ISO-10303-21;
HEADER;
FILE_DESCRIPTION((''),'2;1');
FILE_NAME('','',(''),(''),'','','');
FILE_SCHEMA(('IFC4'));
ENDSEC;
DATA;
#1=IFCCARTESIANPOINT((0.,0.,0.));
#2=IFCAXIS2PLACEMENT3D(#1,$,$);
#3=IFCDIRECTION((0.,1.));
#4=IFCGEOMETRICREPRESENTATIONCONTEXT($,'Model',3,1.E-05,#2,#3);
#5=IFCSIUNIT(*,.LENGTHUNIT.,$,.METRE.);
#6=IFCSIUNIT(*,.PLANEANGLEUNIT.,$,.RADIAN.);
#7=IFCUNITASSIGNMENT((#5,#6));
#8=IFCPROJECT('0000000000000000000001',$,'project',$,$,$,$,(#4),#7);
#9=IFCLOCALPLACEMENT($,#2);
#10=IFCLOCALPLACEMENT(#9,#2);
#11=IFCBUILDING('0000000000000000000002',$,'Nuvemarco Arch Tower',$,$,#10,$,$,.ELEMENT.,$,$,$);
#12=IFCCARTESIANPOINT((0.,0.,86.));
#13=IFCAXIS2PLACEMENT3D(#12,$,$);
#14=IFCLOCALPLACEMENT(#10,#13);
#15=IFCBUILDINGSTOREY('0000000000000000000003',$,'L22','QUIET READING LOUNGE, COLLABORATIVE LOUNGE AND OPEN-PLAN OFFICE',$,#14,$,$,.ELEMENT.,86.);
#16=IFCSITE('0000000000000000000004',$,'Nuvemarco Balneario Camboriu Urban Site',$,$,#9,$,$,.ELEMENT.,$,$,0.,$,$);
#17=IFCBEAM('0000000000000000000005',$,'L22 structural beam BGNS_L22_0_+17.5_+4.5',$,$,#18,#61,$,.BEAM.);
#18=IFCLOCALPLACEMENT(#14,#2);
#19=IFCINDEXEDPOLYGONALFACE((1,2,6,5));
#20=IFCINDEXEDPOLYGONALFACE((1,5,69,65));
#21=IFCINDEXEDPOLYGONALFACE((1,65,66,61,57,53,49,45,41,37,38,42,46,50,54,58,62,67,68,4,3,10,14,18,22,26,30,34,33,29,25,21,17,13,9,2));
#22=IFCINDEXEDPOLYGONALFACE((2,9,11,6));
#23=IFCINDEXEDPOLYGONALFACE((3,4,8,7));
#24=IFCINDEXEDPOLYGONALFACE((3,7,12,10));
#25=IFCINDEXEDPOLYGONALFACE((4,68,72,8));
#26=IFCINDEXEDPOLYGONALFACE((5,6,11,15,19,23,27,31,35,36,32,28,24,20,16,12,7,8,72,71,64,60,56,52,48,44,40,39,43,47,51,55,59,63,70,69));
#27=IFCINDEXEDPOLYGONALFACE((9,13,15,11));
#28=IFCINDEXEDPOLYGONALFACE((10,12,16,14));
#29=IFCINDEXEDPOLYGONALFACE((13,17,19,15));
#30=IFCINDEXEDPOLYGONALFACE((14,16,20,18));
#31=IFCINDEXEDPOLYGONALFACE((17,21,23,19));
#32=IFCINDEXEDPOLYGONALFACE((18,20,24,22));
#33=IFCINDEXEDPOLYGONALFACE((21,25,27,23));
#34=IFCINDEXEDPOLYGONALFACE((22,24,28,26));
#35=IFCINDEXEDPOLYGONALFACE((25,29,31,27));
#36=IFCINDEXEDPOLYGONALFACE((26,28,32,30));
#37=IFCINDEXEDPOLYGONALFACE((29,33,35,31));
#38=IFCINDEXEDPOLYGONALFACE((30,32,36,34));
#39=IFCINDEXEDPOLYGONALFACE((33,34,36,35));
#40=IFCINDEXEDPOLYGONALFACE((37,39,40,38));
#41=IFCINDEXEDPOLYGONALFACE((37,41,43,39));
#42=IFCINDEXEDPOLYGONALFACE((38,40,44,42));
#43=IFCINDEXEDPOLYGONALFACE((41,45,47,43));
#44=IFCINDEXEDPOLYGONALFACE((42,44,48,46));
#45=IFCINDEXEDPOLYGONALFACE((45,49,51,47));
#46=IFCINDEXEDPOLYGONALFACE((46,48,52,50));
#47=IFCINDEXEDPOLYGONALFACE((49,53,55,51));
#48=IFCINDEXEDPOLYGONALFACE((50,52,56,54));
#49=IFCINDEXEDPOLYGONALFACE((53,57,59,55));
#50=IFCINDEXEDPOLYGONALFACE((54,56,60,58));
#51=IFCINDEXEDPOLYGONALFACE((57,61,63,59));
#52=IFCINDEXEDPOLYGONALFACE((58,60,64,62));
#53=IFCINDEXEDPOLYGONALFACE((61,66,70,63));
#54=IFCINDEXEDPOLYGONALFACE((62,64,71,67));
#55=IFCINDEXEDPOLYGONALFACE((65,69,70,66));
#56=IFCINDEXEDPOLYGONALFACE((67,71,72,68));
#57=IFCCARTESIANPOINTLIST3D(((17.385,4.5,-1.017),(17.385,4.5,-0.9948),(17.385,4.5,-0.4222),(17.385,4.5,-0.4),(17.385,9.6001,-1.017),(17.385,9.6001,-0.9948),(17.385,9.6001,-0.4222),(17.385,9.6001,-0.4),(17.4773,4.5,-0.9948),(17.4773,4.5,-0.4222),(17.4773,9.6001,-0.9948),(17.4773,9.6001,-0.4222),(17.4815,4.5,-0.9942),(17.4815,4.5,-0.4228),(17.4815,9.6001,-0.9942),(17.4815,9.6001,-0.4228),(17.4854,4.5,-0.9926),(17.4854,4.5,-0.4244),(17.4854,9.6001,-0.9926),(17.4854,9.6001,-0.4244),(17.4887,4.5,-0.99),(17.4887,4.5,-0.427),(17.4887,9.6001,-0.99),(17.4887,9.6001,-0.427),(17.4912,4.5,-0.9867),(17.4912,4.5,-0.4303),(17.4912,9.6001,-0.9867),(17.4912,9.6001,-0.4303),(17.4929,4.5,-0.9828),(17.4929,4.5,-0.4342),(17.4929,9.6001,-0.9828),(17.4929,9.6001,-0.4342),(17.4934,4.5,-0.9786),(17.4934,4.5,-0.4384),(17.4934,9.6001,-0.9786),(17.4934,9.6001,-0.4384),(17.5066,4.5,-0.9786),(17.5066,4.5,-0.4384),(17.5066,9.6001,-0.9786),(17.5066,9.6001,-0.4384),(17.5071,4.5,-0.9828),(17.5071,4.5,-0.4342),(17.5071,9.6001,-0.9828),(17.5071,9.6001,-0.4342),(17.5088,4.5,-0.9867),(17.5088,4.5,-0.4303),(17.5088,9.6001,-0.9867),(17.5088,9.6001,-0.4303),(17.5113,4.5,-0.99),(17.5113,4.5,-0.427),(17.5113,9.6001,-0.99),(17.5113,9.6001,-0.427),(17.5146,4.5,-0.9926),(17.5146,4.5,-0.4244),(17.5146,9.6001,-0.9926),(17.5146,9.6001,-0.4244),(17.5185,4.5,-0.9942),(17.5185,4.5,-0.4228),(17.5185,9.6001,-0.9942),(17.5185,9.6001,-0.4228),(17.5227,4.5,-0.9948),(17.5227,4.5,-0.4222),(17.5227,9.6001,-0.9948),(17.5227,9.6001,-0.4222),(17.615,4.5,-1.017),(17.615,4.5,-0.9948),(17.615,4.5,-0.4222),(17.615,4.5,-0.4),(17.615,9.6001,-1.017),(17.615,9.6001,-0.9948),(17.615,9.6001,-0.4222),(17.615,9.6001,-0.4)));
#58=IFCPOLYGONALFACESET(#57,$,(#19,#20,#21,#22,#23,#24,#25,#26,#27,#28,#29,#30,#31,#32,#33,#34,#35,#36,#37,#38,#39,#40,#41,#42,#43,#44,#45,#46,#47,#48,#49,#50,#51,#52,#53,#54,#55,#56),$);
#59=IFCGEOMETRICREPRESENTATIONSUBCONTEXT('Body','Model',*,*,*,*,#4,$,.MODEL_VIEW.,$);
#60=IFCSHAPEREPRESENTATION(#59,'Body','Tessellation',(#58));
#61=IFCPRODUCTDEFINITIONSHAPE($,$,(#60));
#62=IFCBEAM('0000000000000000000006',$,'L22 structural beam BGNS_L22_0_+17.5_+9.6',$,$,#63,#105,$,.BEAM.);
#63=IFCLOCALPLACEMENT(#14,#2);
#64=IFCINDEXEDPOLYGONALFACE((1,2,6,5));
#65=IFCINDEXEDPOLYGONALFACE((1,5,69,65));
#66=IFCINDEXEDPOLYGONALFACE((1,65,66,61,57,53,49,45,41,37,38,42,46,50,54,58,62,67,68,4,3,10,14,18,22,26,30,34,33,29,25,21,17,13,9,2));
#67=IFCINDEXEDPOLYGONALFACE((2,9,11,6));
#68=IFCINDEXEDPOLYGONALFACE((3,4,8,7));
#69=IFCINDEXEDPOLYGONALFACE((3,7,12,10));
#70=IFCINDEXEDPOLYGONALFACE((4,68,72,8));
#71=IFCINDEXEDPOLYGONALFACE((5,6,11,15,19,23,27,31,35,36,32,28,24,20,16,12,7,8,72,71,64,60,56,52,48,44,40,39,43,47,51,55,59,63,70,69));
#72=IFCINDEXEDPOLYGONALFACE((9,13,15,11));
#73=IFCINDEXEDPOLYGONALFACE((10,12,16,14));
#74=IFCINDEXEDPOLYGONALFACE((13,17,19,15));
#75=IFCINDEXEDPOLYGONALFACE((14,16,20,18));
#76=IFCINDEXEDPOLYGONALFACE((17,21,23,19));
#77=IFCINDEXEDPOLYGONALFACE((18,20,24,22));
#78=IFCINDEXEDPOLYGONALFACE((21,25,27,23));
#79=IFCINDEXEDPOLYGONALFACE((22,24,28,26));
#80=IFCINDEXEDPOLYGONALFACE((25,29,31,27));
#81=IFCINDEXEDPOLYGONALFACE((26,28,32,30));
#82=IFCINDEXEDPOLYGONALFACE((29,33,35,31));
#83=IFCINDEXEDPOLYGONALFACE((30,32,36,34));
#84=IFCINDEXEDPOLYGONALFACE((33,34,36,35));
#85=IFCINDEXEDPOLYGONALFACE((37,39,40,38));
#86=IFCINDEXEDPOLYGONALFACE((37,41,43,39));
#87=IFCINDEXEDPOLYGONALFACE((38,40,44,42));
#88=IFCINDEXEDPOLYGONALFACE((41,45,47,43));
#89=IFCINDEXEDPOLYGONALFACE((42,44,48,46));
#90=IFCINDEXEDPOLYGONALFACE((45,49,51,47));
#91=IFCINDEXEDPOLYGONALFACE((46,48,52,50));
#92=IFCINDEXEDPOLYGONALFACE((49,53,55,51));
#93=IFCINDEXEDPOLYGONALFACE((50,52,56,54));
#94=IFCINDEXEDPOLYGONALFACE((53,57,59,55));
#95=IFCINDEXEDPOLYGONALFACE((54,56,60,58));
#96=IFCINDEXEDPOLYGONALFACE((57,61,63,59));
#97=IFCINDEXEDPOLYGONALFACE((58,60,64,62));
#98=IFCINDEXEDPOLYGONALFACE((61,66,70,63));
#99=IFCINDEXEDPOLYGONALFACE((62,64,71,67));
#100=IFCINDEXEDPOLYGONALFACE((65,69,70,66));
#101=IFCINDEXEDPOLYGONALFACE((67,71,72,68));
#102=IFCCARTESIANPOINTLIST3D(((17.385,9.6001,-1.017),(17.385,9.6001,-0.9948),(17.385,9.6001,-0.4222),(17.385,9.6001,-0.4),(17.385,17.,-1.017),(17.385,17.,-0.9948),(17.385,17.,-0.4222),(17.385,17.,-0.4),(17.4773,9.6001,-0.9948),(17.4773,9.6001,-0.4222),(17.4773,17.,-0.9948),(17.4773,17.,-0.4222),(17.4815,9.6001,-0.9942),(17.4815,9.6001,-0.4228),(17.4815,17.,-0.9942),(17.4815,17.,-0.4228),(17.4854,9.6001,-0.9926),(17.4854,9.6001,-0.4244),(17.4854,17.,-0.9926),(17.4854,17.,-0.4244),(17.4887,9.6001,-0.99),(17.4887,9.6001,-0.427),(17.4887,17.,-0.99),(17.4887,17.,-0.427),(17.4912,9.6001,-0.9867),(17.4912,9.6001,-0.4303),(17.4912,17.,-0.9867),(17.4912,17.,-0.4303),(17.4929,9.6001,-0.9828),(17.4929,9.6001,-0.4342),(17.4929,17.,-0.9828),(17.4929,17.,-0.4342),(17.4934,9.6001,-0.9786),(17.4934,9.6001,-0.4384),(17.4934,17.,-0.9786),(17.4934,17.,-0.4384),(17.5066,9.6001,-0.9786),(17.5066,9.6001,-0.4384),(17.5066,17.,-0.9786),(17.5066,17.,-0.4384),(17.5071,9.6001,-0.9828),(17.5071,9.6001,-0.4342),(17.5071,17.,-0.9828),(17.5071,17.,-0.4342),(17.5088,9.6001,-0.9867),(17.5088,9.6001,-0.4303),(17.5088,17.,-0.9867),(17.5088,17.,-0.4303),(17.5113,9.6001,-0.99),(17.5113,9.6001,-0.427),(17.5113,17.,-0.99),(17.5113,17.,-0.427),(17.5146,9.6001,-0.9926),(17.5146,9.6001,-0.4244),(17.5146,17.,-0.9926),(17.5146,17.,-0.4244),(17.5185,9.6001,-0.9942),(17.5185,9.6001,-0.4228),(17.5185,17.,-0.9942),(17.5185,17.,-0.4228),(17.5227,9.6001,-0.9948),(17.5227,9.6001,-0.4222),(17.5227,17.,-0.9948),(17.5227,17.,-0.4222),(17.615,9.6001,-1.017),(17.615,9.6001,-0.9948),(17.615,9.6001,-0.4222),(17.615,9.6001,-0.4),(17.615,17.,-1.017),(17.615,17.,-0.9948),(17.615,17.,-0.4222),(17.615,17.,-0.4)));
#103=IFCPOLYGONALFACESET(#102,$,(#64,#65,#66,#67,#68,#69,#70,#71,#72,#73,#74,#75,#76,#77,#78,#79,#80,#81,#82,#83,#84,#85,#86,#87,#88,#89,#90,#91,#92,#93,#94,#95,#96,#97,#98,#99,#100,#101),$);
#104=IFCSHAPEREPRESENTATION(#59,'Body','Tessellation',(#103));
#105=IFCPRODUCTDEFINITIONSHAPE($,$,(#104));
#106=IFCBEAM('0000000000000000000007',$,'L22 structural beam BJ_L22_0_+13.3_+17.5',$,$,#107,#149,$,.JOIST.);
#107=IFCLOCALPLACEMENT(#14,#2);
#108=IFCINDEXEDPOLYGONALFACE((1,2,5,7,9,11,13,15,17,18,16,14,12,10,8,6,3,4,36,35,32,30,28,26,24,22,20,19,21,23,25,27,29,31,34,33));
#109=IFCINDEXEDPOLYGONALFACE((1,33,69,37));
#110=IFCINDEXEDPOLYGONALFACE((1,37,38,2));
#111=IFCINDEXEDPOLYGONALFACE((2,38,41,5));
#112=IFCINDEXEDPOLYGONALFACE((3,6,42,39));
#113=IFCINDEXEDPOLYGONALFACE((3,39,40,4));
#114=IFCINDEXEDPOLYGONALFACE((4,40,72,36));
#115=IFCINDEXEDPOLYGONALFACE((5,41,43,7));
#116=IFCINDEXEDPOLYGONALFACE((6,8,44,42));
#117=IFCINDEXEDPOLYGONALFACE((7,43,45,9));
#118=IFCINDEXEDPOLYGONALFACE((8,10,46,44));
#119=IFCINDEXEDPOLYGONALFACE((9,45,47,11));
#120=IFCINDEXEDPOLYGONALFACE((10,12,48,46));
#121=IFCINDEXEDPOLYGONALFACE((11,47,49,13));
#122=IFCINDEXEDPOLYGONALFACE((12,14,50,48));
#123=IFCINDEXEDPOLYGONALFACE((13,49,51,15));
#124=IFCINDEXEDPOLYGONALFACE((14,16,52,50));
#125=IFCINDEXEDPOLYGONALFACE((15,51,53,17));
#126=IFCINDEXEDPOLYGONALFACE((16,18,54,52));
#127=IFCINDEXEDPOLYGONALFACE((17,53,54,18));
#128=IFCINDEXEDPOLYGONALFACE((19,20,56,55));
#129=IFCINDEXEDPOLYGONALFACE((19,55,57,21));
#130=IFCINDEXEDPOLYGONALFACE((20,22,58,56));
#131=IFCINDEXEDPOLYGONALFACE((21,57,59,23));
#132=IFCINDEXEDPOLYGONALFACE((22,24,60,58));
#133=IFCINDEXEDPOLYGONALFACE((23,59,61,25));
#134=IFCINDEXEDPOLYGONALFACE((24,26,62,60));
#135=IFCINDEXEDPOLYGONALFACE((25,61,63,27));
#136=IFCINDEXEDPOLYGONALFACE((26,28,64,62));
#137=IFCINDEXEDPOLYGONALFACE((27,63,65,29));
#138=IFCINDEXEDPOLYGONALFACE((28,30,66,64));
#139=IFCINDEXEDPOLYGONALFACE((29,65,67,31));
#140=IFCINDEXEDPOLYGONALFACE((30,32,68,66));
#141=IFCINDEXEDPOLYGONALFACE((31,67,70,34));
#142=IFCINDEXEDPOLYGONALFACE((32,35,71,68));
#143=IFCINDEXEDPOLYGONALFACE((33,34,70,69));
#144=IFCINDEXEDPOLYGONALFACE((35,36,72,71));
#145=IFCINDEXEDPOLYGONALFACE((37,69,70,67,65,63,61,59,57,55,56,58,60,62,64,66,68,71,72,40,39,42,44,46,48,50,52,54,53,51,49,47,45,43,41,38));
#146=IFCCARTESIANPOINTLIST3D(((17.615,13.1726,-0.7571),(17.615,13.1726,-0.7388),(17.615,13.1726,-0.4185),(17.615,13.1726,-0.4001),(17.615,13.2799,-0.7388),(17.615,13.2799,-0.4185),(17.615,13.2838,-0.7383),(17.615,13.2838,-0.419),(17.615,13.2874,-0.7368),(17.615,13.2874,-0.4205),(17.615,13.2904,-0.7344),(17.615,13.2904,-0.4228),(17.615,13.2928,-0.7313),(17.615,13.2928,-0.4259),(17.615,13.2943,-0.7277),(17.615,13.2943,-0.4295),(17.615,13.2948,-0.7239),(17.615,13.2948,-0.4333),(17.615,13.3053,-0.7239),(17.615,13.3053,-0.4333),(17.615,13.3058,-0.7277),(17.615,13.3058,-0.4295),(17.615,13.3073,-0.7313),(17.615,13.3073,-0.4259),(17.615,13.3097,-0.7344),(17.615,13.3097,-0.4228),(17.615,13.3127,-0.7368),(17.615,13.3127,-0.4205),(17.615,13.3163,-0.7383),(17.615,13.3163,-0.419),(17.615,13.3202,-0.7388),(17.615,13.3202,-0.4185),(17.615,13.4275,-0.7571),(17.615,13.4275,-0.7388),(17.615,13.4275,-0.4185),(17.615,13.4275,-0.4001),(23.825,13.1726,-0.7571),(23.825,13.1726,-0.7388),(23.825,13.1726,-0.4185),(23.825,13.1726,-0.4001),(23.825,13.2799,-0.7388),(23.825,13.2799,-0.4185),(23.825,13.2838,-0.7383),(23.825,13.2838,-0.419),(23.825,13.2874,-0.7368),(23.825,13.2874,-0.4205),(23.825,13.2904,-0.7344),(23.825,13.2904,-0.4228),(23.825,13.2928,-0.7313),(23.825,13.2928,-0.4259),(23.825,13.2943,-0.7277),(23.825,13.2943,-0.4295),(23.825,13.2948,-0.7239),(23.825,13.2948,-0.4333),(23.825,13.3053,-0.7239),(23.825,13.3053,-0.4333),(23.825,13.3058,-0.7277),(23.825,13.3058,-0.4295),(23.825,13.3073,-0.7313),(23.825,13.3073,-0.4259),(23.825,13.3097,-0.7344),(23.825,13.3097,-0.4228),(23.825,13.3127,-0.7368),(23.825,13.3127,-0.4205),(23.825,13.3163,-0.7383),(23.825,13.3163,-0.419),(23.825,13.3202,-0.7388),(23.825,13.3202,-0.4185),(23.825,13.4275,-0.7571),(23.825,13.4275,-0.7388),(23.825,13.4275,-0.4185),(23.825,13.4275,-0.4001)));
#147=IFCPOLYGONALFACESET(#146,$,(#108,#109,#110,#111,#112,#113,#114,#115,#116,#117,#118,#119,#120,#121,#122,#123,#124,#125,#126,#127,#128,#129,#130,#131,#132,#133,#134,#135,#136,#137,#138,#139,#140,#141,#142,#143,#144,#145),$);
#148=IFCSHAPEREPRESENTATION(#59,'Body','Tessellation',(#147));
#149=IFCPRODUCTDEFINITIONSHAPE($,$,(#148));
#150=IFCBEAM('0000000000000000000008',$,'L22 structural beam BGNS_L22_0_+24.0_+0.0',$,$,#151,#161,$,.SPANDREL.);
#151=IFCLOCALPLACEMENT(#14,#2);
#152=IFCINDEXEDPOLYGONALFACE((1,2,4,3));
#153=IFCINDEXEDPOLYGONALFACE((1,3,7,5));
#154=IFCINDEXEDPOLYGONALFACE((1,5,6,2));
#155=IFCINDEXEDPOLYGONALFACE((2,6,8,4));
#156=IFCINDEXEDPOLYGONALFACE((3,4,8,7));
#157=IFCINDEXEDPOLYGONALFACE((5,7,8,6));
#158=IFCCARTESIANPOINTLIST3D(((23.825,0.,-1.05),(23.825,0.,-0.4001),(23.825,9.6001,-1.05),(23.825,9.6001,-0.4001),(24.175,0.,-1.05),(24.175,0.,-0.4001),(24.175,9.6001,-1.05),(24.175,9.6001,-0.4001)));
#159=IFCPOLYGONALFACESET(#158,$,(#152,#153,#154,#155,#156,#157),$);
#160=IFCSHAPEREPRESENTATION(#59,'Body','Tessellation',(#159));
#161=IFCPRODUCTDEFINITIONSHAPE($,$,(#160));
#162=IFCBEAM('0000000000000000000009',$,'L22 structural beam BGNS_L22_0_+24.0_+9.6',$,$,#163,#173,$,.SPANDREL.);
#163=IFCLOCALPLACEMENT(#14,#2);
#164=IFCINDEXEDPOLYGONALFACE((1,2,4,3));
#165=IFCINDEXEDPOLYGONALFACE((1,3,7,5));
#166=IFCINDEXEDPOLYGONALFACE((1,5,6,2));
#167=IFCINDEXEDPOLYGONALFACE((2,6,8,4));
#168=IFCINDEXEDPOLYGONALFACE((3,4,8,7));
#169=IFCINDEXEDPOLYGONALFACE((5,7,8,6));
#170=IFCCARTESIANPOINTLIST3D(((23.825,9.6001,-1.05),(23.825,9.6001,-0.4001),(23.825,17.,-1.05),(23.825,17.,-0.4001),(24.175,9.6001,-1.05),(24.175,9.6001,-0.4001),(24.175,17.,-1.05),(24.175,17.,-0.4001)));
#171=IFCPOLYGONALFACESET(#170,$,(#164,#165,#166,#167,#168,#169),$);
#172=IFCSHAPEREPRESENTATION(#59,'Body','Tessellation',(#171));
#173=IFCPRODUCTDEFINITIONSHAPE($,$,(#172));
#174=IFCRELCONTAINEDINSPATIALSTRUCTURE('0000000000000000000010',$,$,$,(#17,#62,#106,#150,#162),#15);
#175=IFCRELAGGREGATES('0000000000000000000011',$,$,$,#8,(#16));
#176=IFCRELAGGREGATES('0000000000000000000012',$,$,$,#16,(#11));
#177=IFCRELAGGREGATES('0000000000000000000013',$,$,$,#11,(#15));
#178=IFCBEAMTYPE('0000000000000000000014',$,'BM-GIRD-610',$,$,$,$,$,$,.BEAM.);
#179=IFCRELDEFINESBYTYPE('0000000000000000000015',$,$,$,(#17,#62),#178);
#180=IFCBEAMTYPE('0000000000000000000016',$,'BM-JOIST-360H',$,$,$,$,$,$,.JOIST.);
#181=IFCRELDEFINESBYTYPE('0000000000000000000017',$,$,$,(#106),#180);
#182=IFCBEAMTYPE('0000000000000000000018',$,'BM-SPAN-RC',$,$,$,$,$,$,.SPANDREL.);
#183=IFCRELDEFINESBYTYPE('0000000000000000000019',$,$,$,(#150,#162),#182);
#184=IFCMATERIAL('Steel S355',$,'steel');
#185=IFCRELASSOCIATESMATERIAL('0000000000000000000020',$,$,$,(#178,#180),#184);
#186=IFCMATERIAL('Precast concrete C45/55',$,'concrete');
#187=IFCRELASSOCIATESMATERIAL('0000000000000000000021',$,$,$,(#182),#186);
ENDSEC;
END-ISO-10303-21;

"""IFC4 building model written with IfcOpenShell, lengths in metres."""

from ifc_helpers import new_model, si_unit, direction, frame, origin, origin_2d, place, context, subcontext, project, spatial, rectangle, i_section, extrude, material, material_profile, profile_set, type_object, element, save


model = new_model("IFC4")

# Units and contexts
model_context = context("Model", 3, precision=1e-05, world=origin(), true_north=direction((0.0, 1.0)))
body_context = subcontext(model_context, "Body", "Model", "MODEL_VIEW")
ifc_project = project(units=[si_unit("LENGTHUNIT", "METRE"), si_unit("PLANEANGLEUNIT", "RADIAN")], contexts=[model_context])

# Site, building, storey
site_placement = place(None, origin())
site = spatial("IfcSite", under=ifc_project, at=site_placement, Name="Nuvemarco Balneario Camboriu Urban Site", CompositionType="ELEMENT", RefElevation=0.0)
building_placement = place(site_placement, origin())
building = spatial("IfcBuilding", under=site, at=building_placement, Name="Nuvemarco Arch Tower", CompositionType="ELEMENT")
storey_placement = place(building_placement, frame((0.0, 0.0, 86.0)))
storey = spatial("IfcBuildingStorey", under=building, at=storey_placement, Name="L22", Description="QUIET READING LOUNGE, COLLABORATIVE LOUNGE AND OPEN-PLAN OFFICE", CompositionType="ELEMENT", Elevation=86.0)

# Shared definitions
ifc_material_1 = material(Name="Steel S355", Category="steel")

# Beams
ifc_material_profile_1 = material_profile(ifc_material_1, i_section(OverallWidth=0.23, OverallDepth=0.6169, WebThickness=0.0132, FlangeThickness=0.0222, FilletRadius=0.0161, at=origin_2d()), Name="W610x140")
ifc_profile_set_1 = profile_set([ifc_material_profile_1], Name="Steel S355")
beam_type_1 = type_object("IfcBeamType", Name="BM-GIRD-610", PredefinedType="BEAM", material=ifc_profile_set_1)
beam_1_placement = place(storey_placement, frame((17.5, 4.5, -0.7085), z_axis=(0.0, 1.0, 0.0), x_axis=(-1.0, 0.0, 0.0)))
element("IfcBeam", 1, at=beam_1_placement, inside=storey, type_object=beam_type_1, Name="L22 structural beam BGNS_L22_0_+17.5_+4.5", PredefinedType="BEAM", context=body_context, shape_type="SweptSolid", body=[
    extrude(i_section(OverallWidth=0.23, OverallDepth=0.6169, WebThickness=0.0132, FlangeThickness=0.0222, FilletRadius=0.0161, at=origin_2d()), origin(), (0.0, 0.0, 1.0), 5.1001),
])
beam_2_placement = place(storey_placement, frame((17.5, 9.6001, -0.7085), z_axis=(0.0, 1.0, 0.0), x_axis=(-1.0, 0.0, 0.0)))
element("IfcBeam", 2, at=beam_2_placement, inside=storey, type_object=beam_type_1, Name="L22 structural beam BGNS_L22_0_+17.5_+9.6", PredefinedType="BEAM", context=body_context, shape_type="SweptSolid", body=[
    extrude(i_section(OverallWidth=0.23, OverallDepth=0.6169, WebThickness=0.0132, FlangeThickness=0.0222, FilletRadius=0.0161, at=origin_2d()), origin(), (0.0, 0.0, 1.0), 7.3999),
])
ifc_material_profile_2 = material_profile(ifc_material_1, i_section(OverallWidth=0.2549, OverallDepth=0.3569, WebThickness=0.0105, FlangeThickness=0.0183, FilletRadius=0.0149, at=origin_2d()), Name="W360x101")
ifc_profile_set_2 = profile_set([ifc_material_profile_2], Name="Steel S355")
beam_type_2 = type_object("IfcBeamType", Name="BM-JOIST-360H", PredefinedType="JOIST", material=ifc_profile_set_2)
beam_3_placement = place(storey_placement, frame((17.615, 13.3, -0.5786), z_axis=(1.0, 0.0, 0.0), x_axis=(0.0, 1.0, 0.0)))
element("IfcBeam", 3, at=beam_3_placement, inside=storey, type_object=beam_type_2, Name="L22 structural beam BJ_L22_0_+13.3_+17.5", PredefinedType="JOIST", context=body_context, shape_type="SweptSolid", body=[
    extrude(i_section(OverallWidth=0.2549, OverallDepth=0.3569, WebThickness=0.0105, FlangeThickness=0.0183, FilletRadius=0.0149, at=origin_2d()), origin(), (0.0, 0.0, 1.0), 6.21),
])
ifc_material_2 = material(Name="Precast concrete C45/55", Category="concrete")
ifc_material_profile_3 = material_profile(ifc_material_2, rectangle(XDim=0.3501, YDim=0.6499, at=origin_2d()), Name="PC-SP-350x650")
ifc_profile_set_3 = profile_set([ifc_material_profile_3], Name="Precast concrete C45/55")
beam_type_3 = type_object("IfcBeamType", Name="BM-SPAN-RC", PredefinedType="SPANDREL", material=ifc_profile_set_3)
beam_4_placement = place(storey_placement, frame((24.0, 0.0, -0.7251), z_axis=(0.0, 1.0, 0.0), x_axis=(-1.0, 0.0, 0.0)))
element("IfcBeam", 4, at=beam_4_placement, inside=storey, type_object=beam_type_3, Name="L22 structural beam BGNS_L22_0_+24.0_+0.0", PredefinedType="SPANDREL", context=body_context, shape_type="SweptSolid", body=[
    extrude(rectangle(XDim=0.3501, YDim=0.6499, at=origin_2d()), origin(), (0.0, 0.0, 1.0), 9.6001),
])
beam_5_placement = place(storey_placement, frame((24.0, 9.6001, -0.7251), z_axis=(0.0, 1.0, 0.0), x_axis=(-1.0, 0.0, 0.0)))
element("IfcBeam", 5, at=beam_5_placement, inside=storey, type_object=beam_type_3, Name="L22 structural beam BGNS_L22_0_+24.0_+9.6", PredefinedType="SPANDREL", context=body_context, shape_type="SweptSolid", body=[
    extrude(rectangle(XDim=0.3501, YDim=0.6499, at=origin_2d()), origin(), (0.0, 0.0, 1.0), 7.3999),
])

save(model, "model.ifc")
